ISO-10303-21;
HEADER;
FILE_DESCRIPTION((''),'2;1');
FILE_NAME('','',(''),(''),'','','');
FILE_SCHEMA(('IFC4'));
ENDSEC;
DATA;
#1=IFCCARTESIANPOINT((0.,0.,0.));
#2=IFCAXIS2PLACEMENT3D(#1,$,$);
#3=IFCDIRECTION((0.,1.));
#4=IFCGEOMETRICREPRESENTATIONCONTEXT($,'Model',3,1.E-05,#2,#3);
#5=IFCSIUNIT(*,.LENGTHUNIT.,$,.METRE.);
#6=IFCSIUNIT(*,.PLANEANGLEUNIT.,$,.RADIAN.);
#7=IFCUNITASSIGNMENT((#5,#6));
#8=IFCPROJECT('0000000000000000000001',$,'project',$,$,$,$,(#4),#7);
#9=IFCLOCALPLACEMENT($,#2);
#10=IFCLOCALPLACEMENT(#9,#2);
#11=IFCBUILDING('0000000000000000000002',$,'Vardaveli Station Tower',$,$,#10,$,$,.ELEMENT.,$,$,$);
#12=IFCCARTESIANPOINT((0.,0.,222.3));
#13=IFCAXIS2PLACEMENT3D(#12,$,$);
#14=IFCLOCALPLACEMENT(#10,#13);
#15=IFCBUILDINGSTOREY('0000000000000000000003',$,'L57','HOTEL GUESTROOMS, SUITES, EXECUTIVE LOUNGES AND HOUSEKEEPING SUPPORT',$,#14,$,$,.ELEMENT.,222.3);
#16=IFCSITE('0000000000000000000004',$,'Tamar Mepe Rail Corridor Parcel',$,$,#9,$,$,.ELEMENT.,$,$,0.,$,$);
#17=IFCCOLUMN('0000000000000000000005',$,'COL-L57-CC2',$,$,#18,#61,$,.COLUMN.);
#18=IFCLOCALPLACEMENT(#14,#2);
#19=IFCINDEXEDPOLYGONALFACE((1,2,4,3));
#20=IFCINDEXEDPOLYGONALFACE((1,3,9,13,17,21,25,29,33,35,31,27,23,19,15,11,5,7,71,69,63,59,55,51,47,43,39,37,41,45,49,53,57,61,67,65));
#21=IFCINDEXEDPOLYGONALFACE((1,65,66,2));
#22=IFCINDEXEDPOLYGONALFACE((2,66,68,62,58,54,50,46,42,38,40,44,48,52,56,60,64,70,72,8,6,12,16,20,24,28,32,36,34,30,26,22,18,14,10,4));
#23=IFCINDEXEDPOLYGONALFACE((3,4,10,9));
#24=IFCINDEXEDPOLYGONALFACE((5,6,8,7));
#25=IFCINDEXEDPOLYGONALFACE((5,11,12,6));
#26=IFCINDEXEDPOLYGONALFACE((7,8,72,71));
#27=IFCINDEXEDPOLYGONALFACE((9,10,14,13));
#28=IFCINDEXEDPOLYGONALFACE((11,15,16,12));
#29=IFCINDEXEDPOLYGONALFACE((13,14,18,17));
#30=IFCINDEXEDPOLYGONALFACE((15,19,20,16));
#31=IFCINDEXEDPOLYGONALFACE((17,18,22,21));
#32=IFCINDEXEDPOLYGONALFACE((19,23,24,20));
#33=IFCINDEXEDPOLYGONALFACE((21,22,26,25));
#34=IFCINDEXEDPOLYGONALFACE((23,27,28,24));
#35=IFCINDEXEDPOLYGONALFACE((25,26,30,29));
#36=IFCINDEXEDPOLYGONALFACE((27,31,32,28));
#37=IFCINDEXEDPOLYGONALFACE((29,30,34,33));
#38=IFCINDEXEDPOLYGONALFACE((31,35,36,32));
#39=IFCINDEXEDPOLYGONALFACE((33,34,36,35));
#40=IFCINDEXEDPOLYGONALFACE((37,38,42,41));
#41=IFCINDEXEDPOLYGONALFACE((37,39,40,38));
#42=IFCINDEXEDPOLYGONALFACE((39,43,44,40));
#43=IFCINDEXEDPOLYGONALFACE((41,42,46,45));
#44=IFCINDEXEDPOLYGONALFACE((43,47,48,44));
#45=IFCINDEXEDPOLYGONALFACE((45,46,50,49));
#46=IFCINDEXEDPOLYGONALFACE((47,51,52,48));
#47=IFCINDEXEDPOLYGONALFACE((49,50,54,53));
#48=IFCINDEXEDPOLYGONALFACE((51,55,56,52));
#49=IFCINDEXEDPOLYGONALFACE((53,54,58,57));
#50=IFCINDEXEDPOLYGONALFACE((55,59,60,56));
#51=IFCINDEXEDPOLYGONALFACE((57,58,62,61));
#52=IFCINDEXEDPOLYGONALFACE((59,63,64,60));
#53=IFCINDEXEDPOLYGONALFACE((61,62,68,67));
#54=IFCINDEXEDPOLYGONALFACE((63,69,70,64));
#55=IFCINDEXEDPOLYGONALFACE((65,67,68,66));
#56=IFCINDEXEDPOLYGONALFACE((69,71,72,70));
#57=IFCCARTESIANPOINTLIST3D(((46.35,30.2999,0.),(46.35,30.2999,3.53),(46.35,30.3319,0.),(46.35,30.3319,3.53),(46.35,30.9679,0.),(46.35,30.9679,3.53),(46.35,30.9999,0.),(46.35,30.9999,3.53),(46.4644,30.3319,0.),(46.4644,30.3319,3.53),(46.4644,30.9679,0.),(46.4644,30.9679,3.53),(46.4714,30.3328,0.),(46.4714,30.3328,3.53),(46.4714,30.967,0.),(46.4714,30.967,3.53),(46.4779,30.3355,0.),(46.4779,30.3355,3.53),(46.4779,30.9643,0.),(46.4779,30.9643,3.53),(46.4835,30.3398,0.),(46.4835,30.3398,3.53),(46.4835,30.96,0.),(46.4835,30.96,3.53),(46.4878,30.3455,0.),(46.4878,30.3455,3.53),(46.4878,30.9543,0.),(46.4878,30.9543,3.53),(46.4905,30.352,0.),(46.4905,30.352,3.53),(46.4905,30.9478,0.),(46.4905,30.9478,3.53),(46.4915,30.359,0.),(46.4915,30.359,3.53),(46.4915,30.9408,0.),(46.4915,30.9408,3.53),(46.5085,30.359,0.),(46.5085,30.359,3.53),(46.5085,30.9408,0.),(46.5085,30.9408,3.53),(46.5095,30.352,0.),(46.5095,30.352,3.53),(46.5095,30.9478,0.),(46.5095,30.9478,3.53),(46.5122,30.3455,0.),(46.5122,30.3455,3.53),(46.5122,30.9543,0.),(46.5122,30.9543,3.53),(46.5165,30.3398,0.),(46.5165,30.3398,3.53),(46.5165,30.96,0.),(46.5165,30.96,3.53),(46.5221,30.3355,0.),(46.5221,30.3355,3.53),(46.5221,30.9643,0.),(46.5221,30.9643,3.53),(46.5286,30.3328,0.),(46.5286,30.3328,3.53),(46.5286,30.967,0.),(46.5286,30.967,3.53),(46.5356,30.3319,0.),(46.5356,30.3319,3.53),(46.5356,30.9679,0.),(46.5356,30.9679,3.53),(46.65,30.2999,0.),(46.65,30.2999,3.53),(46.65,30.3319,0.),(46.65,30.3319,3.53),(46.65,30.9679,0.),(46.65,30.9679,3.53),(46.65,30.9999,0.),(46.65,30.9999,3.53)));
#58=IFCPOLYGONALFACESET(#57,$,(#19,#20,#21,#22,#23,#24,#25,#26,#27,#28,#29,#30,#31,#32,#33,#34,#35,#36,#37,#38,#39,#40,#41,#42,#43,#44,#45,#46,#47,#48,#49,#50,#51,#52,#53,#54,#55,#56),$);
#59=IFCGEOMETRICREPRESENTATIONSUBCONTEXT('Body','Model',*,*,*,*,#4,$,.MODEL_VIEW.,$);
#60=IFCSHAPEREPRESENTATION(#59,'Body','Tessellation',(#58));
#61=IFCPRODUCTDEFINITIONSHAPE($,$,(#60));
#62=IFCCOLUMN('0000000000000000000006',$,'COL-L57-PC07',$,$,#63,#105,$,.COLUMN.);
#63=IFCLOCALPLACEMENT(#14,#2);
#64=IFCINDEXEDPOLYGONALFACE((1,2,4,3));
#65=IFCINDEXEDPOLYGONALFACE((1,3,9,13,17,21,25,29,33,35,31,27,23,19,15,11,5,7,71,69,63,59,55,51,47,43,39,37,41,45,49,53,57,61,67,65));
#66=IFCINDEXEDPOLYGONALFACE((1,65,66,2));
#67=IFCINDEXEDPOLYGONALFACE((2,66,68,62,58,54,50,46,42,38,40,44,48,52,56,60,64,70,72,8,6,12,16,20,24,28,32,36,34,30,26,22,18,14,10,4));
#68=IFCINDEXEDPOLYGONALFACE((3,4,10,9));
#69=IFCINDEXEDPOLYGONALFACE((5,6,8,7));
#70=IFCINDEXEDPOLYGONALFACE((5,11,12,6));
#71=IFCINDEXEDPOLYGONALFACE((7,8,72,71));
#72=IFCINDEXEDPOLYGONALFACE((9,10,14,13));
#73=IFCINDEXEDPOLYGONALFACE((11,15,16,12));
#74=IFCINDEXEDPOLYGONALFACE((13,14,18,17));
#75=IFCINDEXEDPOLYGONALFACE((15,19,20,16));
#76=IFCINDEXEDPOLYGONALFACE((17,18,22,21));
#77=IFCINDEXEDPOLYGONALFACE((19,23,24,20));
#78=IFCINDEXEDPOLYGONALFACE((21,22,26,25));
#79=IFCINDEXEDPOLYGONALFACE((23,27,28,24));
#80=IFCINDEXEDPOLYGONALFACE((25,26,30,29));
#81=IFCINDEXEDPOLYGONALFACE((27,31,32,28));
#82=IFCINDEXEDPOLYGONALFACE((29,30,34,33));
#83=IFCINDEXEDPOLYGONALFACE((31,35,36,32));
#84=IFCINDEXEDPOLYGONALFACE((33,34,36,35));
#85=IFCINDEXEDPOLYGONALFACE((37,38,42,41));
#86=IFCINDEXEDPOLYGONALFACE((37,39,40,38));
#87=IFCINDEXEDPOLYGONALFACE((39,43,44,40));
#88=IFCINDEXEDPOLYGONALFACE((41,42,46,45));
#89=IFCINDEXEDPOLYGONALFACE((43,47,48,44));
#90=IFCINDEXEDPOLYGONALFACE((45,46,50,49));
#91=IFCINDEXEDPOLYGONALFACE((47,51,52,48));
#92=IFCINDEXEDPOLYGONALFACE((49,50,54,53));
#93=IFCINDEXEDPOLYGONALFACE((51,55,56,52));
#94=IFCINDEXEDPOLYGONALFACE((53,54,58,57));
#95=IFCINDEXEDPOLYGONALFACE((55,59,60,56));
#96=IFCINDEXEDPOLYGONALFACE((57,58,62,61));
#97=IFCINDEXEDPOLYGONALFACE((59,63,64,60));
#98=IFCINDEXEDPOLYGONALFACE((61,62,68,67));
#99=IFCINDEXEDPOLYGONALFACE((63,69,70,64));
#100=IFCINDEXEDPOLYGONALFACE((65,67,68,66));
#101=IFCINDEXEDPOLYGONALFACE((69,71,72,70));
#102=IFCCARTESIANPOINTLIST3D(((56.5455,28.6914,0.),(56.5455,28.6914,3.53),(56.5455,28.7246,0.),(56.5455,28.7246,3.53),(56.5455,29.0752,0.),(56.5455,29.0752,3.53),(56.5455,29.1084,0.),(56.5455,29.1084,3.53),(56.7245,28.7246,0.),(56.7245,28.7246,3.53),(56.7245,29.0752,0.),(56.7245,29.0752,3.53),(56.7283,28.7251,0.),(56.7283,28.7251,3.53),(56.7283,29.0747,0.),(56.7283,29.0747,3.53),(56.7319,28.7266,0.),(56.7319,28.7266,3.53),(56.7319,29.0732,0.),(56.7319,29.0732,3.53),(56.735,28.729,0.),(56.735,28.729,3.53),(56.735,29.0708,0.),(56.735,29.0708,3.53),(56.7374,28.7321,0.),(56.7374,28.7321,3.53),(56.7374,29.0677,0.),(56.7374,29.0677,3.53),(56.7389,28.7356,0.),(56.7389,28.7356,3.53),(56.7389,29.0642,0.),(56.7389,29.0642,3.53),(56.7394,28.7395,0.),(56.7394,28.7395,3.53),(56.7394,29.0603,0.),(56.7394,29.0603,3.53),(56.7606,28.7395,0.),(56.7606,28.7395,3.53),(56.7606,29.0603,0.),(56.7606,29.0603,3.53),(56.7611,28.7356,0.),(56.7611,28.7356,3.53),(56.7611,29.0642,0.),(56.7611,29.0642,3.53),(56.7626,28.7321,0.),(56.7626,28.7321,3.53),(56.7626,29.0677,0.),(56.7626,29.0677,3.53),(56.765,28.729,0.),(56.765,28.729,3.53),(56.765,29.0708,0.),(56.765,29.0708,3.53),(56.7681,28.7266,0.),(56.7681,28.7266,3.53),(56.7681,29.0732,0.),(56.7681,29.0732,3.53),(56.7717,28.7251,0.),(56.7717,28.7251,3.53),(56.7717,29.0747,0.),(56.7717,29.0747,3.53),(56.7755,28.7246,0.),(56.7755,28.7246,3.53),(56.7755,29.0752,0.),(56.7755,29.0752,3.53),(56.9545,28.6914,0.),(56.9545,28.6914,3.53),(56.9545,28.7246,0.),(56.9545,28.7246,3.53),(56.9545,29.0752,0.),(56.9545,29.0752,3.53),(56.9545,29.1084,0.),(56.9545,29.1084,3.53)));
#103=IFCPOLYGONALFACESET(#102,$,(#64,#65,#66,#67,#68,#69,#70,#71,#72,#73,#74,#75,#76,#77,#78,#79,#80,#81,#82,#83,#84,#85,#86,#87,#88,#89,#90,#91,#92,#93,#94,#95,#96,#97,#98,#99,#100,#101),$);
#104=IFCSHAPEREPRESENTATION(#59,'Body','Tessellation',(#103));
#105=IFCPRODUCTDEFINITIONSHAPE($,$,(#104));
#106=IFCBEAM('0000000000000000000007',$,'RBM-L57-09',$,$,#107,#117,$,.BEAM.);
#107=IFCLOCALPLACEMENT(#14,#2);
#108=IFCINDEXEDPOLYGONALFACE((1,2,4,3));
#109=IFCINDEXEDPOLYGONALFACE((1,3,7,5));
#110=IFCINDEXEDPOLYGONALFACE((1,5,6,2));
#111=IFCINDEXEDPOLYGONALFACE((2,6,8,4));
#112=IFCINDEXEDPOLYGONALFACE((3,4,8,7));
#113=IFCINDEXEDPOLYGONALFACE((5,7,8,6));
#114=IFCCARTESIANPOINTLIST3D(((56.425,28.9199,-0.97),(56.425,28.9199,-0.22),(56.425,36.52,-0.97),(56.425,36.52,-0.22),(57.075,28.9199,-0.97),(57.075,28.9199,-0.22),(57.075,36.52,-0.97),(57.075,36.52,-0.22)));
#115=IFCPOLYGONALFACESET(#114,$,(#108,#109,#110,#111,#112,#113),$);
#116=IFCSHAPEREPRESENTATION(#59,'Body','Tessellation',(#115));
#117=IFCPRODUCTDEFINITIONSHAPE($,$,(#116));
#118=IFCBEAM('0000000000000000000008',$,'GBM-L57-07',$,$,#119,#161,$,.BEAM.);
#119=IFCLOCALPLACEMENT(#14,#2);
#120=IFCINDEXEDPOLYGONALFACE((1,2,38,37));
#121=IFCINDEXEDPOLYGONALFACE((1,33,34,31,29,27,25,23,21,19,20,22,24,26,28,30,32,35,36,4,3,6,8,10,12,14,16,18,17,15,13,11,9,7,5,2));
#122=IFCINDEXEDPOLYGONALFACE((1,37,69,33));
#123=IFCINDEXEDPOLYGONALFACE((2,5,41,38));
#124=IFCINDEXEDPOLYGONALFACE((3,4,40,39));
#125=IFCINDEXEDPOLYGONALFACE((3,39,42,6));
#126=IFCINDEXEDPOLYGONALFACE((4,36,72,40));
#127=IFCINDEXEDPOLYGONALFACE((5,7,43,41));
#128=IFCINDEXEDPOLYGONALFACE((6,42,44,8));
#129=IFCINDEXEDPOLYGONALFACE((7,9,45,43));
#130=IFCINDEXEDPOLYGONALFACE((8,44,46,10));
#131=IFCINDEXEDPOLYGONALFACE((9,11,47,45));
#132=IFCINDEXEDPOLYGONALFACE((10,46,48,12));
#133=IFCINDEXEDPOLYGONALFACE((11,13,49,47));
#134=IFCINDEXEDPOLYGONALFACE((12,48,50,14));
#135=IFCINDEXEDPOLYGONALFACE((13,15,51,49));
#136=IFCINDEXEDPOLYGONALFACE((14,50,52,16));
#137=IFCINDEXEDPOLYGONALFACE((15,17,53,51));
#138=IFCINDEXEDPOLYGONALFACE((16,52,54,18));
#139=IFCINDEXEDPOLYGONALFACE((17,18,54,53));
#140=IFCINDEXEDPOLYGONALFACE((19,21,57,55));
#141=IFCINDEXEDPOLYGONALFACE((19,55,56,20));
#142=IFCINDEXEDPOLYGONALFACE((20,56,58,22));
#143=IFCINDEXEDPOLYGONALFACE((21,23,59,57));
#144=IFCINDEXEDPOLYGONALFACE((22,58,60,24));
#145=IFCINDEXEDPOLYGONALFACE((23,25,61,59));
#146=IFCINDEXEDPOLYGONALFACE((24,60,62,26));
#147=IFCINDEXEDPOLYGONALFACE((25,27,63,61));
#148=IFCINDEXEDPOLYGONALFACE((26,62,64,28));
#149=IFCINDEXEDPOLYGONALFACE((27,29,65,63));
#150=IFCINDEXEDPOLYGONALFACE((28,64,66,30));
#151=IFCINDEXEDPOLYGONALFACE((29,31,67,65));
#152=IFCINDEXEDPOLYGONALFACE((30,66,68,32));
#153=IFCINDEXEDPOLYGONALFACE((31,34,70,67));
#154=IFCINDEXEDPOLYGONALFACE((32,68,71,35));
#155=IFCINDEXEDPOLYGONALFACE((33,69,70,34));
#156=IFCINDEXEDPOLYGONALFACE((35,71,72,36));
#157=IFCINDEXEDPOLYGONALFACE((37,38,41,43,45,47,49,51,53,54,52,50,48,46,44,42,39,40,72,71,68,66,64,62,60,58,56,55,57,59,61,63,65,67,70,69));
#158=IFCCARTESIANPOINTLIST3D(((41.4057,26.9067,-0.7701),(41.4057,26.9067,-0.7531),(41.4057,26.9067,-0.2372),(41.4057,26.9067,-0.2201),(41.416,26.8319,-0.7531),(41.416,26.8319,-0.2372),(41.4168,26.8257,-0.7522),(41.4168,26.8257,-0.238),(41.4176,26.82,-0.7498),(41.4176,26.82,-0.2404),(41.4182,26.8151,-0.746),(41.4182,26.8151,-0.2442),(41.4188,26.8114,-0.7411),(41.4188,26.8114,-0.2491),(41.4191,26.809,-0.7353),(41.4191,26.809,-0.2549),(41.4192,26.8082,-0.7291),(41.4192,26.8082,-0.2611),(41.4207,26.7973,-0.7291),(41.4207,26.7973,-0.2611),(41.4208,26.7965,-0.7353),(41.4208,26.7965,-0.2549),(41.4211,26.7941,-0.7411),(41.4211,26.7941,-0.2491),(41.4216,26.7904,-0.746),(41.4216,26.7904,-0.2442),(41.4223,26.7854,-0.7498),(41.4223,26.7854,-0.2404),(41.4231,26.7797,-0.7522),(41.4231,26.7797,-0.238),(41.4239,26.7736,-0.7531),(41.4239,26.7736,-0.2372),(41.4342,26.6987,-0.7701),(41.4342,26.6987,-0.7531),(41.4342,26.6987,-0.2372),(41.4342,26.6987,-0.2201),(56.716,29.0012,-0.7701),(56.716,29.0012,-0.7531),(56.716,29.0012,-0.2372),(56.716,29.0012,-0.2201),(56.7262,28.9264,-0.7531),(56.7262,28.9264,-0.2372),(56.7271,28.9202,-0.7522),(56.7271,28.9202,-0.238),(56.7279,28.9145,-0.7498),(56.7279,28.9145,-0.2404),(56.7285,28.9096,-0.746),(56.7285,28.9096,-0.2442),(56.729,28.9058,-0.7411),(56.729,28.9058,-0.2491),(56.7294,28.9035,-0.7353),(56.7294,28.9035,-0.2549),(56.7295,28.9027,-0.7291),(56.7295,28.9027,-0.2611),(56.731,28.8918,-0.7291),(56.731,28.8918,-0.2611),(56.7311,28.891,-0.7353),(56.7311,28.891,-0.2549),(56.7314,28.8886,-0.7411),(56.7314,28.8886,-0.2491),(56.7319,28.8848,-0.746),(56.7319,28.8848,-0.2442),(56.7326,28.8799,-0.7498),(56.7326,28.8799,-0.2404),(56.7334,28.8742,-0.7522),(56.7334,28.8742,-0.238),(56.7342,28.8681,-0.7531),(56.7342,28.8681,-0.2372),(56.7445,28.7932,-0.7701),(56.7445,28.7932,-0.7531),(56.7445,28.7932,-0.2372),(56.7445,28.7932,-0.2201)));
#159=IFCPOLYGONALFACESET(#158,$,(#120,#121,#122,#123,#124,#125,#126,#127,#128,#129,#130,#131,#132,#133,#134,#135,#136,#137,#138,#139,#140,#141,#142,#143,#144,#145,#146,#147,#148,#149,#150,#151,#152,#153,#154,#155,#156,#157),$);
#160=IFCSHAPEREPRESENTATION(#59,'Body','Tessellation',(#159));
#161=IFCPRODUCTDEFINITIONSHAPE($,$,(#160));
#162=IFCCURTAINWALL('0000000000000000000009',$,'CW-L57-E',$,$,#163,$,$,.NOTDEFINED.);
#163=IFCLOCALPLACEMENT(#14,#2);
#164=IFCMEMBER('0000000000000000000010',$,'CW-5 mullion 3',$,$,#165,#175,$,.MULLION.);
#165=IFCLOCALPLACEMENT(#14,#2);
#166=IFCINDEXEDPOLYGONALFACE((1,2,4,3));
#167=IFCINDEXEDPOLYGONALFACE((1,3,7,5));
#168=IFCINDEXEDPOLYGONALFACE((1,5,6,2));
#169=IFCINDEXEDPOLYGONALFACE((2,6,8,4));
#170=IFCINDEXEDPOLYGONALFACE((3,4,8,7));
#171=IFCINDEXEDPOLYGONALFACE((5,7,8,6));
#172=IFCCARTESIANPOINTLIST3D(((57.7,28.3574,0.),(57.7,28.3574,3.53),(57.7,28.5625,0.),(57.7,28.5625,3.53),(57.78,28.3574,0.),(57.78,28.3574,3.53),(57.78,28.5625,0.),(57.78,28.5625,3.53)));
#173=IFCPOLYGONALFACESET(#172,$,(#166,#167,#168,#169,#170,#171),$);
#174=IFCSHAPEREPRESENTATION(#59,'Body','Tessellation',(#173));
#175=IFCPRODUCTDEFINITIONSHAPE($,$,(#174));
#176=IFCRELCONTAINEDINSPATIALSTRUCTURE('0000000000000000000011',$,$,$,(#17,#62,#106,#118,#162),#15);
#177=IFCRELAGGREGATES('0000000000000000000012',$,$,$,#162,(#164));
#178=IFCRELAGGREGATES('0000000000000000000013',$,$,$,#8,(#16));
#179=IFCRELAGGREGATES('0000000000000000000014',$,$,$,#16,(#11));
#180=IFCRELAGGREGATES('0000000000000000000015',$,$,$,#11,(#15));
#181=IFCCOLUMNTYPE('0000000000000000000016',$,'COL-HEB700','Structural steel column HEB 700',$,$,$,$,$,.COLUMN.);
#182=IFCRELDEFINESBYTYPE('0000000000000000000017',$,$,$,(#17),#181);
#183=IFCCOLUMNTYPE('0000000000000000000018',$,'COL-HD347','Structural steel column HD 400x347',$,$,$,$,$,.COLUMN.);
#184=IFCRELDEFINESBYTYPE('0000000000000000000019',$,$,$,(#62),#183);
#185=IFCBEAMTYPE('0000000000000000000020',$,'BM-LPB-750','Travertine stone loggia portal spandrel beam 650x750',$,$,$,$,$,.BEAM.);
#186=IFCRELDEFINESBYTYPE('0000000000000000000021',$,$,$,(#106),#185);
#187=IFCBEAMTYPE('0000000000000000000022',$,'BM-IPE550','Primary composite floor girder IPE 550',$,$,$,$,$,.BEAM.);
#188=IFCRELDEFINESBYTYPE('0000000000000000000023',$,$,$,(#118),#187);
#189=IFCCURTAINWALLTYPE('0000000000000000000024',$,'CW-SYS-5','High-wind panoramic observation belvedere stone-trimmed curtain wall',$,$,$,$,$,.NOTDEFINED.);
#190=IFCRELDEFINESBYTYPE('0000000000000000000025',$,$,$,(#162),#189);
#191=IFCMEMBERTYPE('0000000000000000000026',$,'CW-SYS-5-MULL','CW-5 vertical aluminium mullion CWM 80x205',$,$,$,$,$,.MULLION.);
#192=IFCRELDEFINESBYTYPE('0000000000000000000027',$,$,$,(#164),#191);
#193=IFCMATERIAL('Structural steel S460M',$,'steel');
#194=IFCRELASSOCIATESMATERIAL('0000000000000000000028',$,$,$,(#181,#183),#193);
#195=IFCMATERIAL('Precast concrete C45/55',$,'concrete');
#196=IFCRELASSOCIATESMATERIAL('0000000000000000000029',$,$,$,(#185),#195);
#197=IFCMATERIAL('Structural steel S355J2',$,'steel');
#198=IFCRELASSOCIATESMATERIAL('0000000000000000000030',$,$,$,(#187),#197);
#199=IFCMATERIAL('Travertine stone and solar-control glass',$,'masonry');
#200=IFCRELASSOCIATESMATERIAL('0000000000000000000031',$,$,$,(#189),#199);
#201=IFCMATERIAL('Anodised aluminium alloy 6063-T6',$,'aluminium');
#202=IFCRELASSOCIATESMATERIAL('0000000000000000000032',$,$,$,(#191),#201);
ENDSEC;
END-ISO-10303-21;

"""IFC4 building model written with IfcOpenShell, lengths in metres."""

from ifc_helpers import new_model, si_unit, direction, frame, origin, origin_2d, place, context, subcontext, project, spatial, rectangle, i_section, extrude, source, transform, mapped, material, material_profile, profile_set, type_object, element, aggregate, save


model = new_model("IFC4")

# Units and contexts
model_context = context("Model", 3, precision=1e-05, world=origin(), true_north=direction((0.0, 1.0)))
body_context = subcontext(model_context, "Body", "Model", "MODEL_VIEW")
ifc_project = project(units=[si_unit("LENGTHUNIT", "METRE"), si_unit("PLANEANGLEUNIT", "RADIAN")], contexts=[model_context])

# Site, building, storey
site_placement = place(None, origin())
site = spatial("IfcSite", under=ifc_project, at=site_placement, Name="Tamar Mepe Rail Corridor Parcel", CompositionType="ELEMENT", RefElevation=0.0)
building_placement = place(site_placement, origin())
building = spatial("IfcBuilding", under=site, at=building_placement, Name="Vardaveli Station Tower", CompositionType="ELEMENT")
storey_placement = place(building_placement, frame((0.0, 0.0, 222.3)))
storey = spatial("IfcBuildingStorey", under=building, at=storey_placement, Name="L57", Description="HOTEL GUESTROOMS, SUITES, EXECUTIVE LOUNGES AND HOUSEKEEPING SUPPORT", CompositionType="ELEMENT", Elevation=222.3)

# Columns
ifc_material_1 = material(Name="Structural steel S460M", Category="steel")
ifc_material_profile_1 = material_profile(ifc_material_1, i_section(OverallWidth=0.3, OverallDepth=0.7, WebThickness=0.0171, FlangeThickness=0.032, FilletRadius=0.0271, at=origin_2d()), Name="HEB 700")
ifc_profile_set_1 = profile_set([ifc_material_profile_1], Name="Structural steel S460M")
column_type_1 = type_object("IfcColumnType", Name="COL-HEB700", Description="Structural steel column HEB 700", PredefinedType="COLUMN", material=ifc_profile_set_1)
shared_shape_1 = source(origin(), body_context, "Body", "SweptSolid", [
    extrude(i_section(OverallWidth=0.3, OverallDepth=0.7, WebThickness=0.0171, FlangeThickness=0.032, FilletRadius=0.0271, at=origin_2d()), origin(), (0.0, 0.0, 1.0), 3.53),
])
column_1_placement = place(storey_placement, frame((46.5, 30.6499, 0.0), z_axis=(0.0, 0.0, 1.0), x_axis=(1.0, 0.0, 0.0)))
element("IfcColumn", 1, at=column_1_placement, inside=storey, type_object=column_type_1, Name="COL-L57-CC2", PredefinedType="COLUMN", context=body_context, shape_type="MappedRepresentation", body=[
    mapped(shared_shape_1, transform((0.0, 0.0, 0.0), scale=1.0)),
])
ifc_material_profile_2 = material_profile(ifc_material_1, i_section(OverallWidth=0.4089, OverallDepth=0.417, WebThickness=0.0212, FlangeThickness=0.0332, FilletRadius=0.0149, at=origin_2d()), Name="HD 400x347")
ifc_profile_set_2 = profile_set([ifc_material_profile_2], Name="Structural steel S460M")
column_type_2 = type_object("IfcColumnType", Name="COL-HD347", Description="Structural steel column HD 400x347", PredefinedType="COLUMN", material=ifc_profile_set_2)
shared_shape_2 = source(origin(), body_context, "Body", "SweptSolid", [
    extrude(i_section(OverallWidth=0.4089, OverallDepth=0.417, WebThickness=0.0212, FlangeThickness=0.0332, FilletRadius=0.0149, at=origin_2d()), origin(), (0.0, 0.0, 1.0), 3.53),
])
column_2_placement = place(storey_placement, frame((56.75, 28.8999, 0.0), z_axis=(0.0, 0.0, 1.0), x_axis=(1.0, 0.0, 0.0)))
element("IfcColumn", 2, at=column_2_placement, inside=storey, type_object=column_type_2, Name="COL-L57-PC07", PredefinedType="COLUMN", context=body_context, shape_type="MappedRepresentation", body=[
    mapped(shared_shape_2, transform((0.0, 0.0, 0.0), scale=1.0)),
])

# Beams
ifc_material_2 = material(Name="Precast concrete C45/55", Category="concrete")
ifc_material_profile_3 = material_profile(ifc_material_2, rectangle(XDim=0.6499, YDim=0.75, at=origin_2d()), Name="LPB 650x750")
ifc_profile_set_3 = profile_set([ifc_material_profile_3], Name="Precast concrete C45/55")
beam_type_1 = type_object("IfcBeamType", Name="BM-LPB-750", Description="Travertine stone loggia portal spandrel beam 650x750", PredefinedType="BEAM", material=ifc_profile_set_3)
shared_shape_3 = source(origin(), body_context, "Body", "SweptSolid", [
    extrude(rectangle(XDim=0.6499, YDim=0.75, at=origin_2d()), origin(), (0.0, 0.0, 1.0), 7.6001),
])
beam_1_placement = place(storey_placement, frame((56.75, 28.9199, -0.595), z_axis=(0.0, 1.0, 0.0), x_axis=(-1.0, 0.0, 0.0)))
element("IfcBeam", 3, at=beam_1_placement, inside=storey, type_object=beam_type_1, Name="RBM-L57-09", PredefinedType="BEAM", context=body_context, shape_type="MappedRepresentation", body=[
    mapped(shared_shape_3, transform((0.0, 0.0, 0.0), scale=1.0)),
])
ifc_material_3 = material(Name="Structural steel S355J2", Category="steel")
ifc_material_profile_4 = material_profile(ifc_material_3, i_section(OverallWidth=0.21, OverallDepth=0.55, WebThickness=0.011, FlangeThickness=0.0171, FilletRadius=0.0239, at=origin_2d()), Name="IPE 550")
ifc_profile_set_4 = profile_set([ifc_material_profile_4], Name="Structural steel S355J2")
beam_type_2 = type_object("IfcBeamType", Name="BM-IPE550", Description="Primary composite floor girder IPE 550", PredefinedType="BEAM", material=ifc_profile_set_4)
shared_shape_4 = source(origin(), body_context, "Body", "SweptSolid", [
    extrude(i_section(OverallWidth=0.21, OverallDepth=0.55, WebThickness=0.011, FlangeThickness=0.0171, FilletRadius=0.0239, at=origin_2d()), origin(), (0.0, 0.0, 1.0), 15.4529),
])
beam_2_placement = place(storey_placement, frame((56.7302, 28.8972, -0.4951), z_axis=(-0.990772, -0.13554, 0.0), x_axis=(0.13554, -0.990772, 0.0)))
element("IfcBeam", 4, at=beam_2_placement, inside=storey, type_object=beam_type_2, Name="GBM-L57-07", PredefinedType="BEAM", context=body_context, shape_type="MappedRepresentation", body=[
    mapped(shared_shape_4, transform((0.0, 0.0, 0.0), scale=1.0)),
])

# Curtain wall, member
ifc_material_4 = material(Name="Travertine stone and solar-control glass", Category="masonry")
curtain_wall_type = type_object("IfcCurtainWallType", Name="CW-SYS-5", Description="High-wind panoramic observation belvedere stone-trimmed curtain wall", PredefinedType="NOTDEFINED", material=ifc_material_4)
curtain_wall_placement = place(storey_placement, origin())
curtain_wall = element("IfcCurtainWall", 5, at=curtain_wall_placement, inside=storey, type_object=curtain_wall_type, Name="CW-L57-E", PredefinedType="NOTDEFINED")
ifc_material_5 = material(Name="Anodised aluminium alloy 6063-T6", Category="aluminium")
ifc_material_profile_5 = material_profile(ifc_material_5, rectangle(XDim=0.0801, YDim=0.2051, at=origin_2d()), Name="CWM 80x205")
ifc_profile_set_5 = profile_set([ifc_material_profile_5], Name="Anodised aluminium alloy 6063-T6")
member_type = type_object("IfcMemberType", Name="CW-SYS-5-MULL", Description="CW-5 vertical aluminium mullion CWM 80x205", PredefinedType="MULLION", material=ifc_profile_set_5)
shared_shape_5 = source(origin(), body_context, "Body", "SweptSolid", [
    extrude(rectangle(XDim=0.0801, YDim=0.2051, at=origin_2d()), origin(), (0.0, 0.0, 1.0), 3.53),
])
member_placement = place(storey_placement, frame((57.74, 28.46, 0.0), z_axis=(0.0, 0.0, 1.0), x_axis=(-1.0, 0.0, 0.0)))
member = element("IfcMember", 6, at=member_placement, type_object=member_type, Name="CW-5 mullion 3", PredefinedType="MULLION", context=body_context, shape_type="MappedRepresentation", body=[
    mapped(shared_shape_5, transform((0.0, 0.0, 0.0), scale=1.0)),
])
aggregate(curtain_wall, [member])

save(model, "model.ifc")
